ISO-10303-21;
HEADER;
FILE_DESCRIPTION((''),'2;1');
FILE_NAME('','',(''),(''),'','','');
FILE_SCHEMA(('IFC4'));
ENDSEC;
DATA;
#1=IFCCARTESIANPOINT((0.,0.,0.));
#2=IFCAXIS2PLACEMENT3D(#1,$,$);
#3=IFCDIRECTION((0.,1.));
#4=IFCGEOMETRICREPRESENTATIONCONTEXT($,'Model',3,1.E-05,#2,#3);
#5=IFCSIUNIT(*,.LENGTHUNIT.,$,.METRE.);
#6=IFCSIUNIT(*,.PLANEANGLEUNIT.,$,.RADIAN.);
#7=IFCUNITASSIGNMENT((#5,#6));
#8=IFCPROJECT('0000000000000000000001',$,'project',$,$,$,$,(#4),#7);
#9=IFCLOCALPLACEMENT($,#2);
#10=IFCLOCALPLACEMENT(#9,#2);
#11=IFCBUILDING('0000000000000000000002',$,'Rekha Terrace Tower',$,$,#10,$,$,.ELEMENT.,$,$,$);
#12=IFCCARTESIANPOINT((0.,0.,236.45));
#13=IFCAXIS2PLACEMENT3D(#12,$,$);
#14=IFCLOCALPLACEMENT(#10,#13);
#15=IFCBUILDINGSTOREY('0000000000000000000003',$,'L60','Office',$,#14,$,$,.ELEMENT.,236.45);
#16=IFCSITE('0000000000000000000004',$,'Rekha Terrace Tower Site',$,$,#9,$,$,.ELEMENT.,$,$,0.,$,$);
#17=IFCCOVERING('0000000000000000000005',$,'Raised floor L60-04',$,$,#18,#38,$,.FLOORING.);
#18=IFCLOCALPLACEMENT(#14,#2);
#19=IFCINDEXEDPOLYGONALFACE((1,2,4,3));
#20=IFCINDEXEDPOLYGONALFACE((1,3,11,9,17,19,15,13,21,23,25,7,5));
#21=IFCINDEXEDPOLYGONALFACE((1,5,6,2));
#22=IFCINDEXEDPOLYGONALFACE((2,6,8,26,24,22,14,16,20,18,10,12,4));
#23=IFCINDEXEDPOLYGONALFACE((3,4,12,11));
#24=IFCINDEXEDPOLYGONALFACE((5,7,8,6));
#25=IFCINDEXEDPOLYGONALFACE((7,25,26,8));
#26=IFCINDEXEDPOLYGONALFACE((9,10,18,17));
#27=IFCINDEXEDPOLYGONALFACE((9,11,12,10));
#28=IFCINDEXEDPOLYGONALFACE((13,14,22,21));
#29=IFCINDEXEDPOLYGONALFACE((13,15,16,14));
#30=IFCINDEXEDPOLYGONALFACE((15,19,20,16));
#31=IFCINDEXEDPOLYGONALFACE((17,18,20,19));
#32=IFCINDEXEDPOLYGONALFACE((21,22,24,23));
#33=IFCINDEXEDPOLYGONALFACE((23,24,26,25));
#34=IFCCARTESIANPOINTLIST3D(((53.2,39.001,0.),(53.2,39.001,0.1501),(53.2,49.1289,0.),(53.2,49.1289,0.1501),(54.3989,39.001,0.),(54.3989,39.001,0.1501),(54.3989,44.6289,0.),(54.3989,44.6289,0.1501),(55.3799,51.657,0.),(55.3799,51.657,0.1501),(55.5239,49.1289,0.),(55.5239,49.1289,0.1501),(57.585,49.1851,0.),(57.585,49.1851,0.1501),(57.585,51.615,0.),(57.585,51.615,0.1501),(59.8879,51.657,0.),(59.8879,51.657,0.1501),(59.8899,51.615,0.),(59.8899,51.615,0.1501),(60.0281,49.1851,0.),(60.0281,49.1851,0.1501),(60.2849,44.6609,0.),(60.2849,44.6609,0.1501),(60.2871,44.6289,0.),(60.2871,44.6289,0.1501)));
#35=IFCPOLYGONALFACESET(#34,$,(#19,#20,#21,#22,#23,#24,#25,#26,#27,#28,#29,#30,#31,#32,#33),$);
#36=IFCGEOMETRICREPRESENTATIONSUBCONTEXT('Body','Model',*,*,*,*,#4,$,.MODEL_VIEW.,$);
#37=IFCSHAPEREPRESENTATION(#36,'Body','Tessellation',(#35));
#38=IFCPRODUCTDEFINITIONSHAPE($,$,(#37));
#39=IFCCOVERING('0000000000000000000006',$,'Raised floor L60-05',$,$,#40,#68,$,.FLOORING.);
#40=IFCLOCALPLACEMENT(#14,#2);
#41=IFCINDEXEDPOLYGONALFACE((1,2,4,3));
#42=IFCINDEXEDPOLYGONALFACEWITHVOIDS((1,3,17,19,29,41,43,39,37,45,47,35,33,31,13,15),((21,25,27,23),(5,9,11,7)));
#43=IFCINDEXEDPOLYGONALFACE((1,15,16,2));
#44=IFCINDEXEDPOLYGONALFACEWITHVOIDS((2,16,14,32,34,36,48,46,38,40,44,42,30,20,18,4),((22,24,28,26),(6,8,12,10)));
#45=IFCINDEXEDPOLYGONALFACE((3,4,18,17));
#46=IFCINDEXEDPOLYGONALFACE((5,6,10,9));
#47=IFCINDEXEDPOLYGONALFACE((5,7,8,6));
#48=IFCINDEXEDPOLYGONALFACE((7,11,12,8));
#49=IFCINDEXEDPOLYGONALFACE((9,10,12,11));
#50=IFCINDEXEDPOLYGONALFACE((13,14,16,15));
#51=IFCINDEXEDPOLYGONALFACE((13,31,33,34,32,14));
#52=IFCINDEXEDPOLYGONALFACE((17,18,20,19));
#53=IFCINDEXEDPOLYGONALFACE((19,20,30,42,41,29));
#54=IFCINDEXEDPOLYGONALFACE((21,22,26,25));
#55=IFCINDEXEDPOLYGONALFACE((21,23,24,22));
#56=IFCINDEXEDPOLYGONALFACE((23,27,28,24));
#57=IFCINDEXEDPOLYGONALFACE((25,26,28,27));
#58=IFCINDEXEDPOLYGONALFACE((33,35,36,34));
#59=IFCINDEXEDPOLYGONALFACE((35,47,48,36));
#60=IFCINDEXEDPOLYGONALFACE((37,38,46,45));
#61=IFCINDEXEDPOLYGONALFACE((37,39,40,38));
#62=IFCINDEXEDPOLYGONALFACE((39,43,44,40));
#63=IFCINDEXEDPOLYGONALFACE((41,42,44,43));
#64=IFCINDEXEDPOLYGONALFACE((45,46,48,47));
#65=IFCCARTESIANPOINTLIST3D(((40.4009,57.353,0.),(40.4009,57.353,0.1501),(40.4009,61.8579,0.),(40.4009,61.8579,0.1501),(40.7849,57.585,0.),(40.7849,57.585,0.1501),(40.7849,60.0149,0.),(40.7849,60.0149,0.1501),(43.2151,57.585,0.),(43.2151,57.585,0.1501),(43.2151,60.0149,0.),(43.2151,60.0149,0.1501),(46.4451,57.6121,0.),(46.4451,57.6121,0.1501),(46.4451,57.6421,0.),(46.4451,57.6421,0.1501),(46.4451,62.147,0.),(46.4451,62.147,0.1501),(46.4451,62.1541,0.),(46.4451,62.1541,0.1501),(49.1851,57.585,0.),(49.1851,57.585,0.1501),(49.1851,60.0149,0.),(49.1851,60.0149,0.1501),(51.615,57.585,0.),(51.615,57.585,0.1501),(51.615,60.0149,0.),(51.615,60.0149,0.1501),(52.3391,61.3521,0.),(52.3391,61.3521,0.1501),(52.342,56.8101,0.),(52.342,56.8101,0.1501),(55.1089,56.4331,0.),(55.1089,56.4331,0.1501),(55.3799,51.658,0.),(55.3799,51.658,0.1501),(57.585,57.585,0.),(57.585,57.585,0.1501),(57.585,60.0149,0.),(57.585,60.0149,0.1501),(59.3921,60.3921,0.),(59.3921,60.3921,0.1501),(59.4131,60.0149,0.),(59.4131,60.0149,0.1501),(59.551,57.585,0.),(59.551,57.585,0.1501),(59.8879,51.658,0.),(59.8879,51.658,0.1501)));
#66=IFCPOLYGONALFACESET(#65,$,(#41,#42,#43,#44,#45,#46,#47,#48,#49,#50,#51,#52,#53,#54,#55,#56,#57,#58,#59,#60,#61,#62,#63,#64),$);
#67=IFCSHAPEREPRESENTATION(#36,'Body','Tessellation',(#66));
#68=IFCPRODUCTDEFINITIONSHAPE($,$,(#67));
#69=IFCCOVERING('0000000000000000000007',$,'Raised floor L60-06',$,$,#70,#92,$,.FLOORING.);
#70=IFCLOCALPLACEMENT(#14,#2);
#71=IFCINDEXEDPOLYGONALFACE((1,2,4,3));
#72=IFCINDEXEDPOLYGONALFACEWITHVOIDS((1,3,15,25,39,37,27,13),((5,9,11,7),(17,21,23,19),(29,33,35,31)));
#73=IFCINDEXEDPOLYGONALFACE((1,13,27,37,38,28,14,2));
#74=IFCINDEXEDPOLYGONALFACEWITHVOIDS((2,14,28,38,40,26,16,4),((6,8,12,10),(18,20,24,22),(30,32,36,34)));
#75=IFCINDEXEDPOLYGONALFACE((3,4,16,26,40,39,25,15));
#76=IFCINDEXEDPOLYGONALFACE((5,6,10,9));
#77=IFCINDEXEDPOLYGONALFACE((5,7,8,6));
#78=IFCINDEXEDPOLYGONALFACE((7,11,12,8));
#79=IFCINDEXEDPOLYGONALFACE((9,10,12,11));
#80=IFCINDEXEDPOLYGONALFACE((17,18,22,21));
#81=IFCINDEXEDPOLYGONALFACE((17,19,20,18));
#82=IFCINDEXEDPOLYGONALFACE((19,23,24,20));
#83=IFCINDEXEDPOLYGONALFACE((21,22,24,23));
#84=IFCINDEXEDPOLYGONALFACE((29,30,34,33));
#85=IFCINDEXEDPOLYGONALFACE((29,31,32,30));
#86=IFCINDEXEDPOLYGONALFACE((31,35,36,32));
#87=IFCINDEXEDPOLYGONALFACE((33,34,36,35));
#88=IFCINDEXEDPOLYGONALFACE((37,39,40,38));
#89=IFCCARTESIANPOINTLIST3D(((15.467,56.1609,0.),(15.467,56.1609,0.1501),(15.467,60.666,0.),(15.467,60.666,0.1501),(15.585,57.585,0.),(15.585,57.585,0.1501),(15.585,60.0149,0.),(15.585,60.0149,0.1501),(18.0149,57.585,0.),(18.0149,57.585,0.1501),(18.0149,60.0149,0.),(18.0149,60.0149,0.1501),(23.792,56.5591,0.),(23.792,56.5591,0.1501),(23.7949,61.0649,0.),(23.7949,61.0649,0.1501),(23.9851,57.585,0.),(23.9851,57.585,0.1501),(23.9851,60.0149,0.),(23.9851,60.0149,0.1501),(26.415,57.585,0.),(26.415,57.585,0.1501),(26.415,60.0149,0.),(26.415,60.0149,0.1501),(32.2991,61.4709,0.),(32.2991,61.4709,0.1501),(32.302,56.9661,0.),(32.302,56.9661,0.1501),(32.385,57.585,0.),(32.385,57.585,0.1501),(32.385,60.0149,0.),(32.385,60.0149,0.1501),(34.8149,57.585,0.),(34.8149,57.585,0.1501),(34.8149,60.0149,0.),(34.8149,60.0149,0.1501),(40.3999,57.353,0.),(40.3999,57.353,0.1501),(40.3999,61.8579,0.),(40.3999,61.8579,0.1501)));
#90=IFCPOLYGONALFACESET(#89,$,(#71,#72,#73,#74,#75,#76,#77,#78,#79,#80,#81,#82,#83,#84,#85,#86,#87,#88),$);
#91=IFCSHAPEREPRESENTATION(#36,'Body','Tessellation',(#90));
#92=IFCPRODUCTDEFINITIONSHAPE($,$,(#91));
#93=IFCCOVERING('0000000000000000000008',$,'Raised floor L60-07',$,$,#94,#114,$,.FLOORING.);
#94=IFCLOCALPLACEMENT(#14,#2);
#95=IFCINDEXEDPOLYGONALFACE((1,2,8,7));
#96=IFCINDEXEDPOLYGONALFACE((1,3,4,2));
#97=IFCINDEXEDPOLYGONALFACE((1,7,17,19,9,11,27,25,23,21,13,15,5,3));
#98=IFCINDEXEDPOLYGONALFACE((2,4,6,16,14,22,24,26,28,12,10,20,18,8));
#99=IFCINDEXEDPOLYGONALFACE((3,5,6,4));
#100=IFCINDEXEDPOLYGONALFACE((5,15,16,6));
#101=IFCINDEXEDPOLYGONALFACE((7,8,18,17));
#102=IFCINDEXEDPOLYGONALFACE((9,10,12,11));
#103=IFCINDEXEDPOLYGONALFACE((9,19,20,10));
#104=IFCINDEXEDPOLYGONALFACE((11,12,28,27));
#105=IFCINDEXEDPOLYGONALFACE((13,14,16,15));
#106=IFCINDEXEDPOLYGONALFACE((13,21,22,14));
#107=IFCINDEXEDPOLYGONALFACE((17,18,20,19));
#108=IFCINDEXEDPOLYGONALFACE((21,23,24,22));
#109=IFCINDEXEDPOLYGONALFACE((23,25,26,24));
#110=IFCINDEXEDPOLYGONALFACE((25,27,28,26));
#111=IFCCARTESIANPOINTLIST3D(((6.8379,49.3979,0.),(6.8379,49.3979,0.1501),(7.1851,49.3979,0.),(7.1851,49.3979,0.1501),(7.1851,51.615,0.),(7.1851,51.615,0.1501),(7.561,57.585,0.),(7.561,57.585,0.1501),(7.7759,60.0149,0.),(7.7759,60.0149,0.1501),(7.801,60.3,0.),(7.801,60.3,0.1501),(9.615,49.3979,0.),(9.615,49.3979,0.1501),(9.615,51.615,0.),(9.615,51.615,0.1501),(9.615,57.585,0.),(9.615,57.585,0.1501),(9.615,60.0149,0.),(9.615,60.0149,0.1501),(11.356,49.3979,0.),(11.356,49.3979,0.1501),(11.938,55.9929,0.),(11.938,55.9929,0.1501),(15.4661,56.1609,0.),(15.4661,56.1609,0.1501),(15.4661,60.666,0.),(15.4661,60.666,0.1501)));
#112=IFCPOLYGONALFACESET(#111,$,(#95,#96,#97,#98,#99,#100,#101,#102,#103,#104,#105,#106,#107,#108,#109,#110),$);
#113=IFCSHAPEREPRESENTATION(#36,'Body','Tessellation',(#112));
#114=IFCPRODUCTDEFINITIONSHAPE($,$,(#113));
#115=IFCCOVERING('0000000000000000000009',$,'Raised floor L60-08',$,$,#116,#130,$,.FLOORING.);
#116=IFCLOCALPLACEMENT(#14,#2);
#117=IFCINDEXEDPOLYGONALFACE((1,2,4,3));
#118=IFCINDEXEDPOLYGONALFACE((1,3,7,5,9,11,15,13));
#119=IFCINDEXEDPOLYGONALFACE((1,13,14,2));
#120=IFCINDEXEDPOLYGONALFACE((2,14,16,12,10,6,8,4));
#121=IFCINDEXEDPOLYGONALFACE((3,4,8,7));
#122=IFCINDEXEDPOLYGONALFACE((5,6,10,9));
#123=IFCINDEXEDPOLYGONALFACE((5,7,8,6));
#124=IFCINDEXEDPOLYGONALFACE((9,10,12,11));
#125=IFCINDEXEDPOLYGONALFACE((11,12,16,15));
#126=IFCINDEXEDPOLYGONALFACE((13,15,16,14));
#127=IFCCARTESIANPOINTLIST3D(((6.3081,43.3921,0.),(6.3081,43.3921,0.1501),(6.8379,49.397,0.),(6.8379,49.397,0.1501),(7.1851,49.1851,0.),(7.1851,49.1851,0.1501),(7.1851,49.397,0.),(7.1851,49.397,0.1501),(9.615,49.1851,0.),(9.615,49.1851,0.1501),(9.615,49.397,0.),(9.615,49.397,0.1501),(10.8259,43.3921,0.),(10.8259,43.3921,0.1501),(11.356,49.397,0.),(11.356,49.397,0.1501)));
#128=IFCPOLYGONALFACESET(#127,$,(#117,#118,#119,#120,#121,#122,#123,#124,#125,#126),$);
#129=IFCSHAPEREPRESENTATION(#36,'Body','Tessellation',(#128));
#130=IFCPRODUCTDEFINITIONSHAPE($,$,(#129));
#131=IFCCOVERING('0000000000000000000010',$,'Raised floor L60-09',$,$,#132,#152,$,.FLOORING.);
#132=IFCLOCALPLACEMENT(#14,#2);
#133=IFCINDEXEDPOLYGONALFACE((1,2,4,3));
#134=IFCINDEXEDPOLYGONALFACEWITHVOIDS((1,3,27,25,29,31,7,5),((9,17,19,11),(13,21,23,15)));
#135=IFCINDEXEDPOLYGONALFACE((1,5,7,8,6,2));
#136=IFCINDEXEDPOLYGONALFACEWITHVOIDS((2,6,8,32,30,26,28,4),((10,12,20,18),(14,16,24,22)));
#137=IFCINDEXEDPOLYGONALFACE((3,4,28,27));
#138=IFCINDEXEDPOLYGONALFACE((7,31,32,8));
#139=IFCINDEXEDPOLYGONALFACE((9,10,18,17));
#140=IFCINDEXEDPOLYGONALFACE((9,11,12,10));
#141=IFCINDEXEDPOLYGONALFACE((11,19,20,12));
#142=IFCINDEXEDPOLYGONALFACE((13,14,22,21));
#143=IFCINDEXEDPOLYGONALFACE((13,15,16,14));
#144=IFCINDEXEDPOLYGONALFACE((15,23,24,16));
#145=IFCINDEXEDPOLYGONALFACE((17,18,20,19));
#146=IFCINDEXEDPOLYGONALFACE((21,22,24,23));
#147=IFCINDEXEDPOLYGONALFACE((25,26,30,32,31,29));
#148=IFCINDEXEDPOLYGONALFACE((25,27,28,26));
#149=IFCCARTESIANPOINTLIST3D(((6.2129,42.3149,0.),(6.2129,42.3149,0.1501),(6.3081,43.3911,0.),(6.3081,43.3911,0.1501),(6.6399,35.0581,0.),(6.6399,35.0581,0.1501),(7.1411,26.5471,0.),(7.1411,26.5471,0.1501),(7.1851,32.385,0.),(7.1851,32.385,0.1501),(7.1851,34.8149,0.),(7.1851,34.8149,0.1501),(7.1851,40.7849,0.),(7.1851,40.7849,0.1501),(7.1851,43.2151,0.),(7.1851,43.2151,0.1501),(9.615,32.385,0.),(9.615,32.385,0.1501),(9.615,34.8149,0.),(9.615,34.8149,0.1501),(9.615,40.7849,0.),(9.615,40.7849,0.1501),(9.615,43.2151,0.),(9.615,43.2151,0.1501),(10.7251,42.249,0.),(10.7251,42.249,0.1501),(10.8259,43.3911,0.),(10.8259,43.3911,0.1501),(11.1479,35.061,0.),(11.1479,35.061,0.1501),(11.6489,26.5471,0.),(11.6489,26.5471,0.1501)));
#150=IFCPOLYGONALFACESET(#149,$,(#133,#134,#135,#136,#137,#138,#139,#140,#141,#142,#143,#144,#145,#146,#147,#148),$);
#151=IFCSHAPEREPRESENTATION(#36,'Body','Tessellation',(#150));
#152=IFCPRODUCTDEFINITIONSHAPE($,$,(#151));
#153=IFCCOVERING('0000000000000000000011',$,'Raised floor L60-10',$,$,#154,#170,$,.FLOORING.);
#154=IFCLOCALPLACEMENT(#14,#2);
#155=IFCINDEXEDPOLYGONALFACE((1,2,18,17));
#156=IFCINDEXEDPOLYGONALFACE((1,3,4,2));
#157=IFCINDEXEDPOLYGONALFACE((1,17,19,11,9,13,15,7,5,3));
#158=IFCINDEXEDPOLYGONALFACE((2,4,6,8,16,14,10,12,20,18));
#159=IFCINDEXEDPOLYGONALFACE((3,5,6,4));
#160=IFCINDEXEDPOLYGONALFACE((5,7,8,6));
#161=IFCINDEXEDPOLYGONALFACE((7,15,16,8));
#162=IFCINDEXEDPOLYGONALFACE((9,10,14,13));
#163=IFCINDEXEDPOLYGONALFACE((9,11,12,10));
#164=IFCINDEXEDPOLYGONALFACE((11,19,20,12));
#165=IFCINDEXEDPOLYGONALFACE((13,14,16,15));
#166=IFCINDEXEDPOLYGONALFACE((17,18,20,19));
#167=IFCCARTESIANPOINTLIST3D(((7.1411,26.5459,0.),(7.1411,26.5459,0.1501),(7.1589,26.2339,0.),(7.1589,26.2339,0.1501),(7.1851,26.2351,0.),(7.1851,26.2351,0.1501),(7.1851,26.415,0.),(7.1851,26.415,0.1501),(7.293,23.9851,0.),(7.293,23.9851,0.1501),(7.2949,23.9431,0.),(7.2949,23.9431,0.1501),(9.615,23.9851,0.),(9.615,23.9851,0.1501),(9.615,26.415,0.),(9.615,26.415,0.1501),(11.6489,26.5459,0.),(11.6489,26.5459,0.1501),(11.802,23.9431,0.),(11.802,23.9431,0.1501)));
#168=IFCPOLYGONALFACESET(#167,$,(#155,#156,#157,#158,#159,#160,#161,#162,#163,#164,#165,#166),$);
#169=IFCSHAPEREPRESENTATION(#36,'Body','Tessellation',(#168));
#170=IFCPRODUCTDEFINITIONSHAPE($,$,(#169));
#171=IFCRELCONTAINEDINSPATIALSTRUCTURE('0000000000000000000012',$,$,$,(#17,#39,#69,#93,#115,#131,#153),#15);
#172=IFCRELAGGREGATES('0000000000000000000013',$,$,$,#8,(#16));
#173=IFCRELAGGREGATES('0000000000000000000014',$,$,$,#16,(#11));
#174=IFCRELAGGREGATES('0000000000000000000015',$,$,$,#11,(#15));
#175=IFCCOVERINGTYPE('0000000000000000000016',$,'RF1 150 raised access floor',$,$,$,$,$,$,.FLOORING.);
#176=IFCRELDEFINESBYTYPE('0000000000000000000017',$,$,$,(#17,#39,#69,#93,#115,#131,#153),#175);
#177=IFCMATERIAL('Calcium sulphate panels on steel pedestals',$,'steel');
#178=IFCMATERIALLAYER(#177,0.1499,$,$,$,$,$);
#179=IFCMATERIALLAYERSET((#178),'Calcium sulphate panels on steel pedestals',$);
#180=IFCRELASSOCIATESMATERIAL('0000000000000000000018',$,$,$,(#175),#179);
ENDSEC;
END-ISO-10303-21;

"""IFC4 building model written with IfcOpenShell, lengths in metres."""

from ifc_helpers import new_model, si_unit, direction, frame, origin, place, context, subcontext, project, spatial, polyline, outline, extrude, material, layer, layer_set, type_object, element, save


model = new_model("IFC4")

# Units and contexts
model_context = context("Model", 3, precision=1e-05, world=origin(), true_north=direction((0.0, 1.0)))
body_context = subcontext(model_context, "Body", "Model", "MODEL_VIEW")
ifc_project = project(units=[si_unit("LENGTHUNIT", "METRE"), si_unit("PLANEANGLEUNIT", "RADIAN")], contexts=[model_context])

# Site, building, storey
site_placement = place(None, origin())
site = spatial("IfcSite", under=ifc_project, at=site_placement, Name="Rekha Terrace Tower Site", CompositionType="ELEMENT", RefElevation=0.0)
building_placement = place(site_placement, origin())
building = spatial("IfcBuilding", under=site, at=building_placement, Name="Rekha Terrace Tower", CompositionType="ELEMENT")
storey_placement = place(building_placement, frame((0.0, 0.0, 236.45)))
storey = spatial("IfcBuildingStorey", under=building, at=storey_placement, Name="L60", Description="Office", CompositionType="ELEMENT", Elevation=236.45)

# Coverings
ifc_material_1 = material(Name="Calcium sulphate panels on steel pedestals", Category="steel")
ifc_layer_1 = layer(ifc_material_1, 0.1499)
ifc_layer_set_1 = layer_set([ifc_layer_1], Name="Calcium sulphate panels on steel pedestals")
covering_type_1 = type_object("IfcCoveringType", Name="RF1 150 raised access floor", PredefinedType="FLOORING", material=ifc_layer_set_1)
covering_1_placement = place(storey_placement, origin())
element("IfcCovering", 1, at=covering_1_placement, inside=storey, type_object=covering_type_1, Name="Raised floor L60-04", PredefinedType="FLOORING", context=body_context, shape_type="SweptSolid", body=[
    extrude(outline(polyline([(59.8879, 51.657), (55.3799, 51.657), (55.5239, 49.1289), (53.2, 49.1289), (53.2, 39.001), (54.3989, 39.001), (54.3989, 44.6289), (60.2871, 44.6289), (60.2849, 44.6609), (60.0281, 49.1851), (57.585, 49.1851), (57.585, 51.615), (59.8899, 51.615), (59.8879, 51.657)])), origin(), (0.0, 0.0, 1.0), 0.1501),
])
covering_2_placement = place(storey_placement, origin())
element("IfcCovering", 2, at=covering_2_placement, inside=storey, type_object=covering_type_1, Name="Raised floor L60-05", PredefinedType="FLOORING", context=body_context, shape_type="SweptSolid", body=[
    extrude(outline(polyline([(40.4009, 61.8579), (40.4009, 57.353), (46.4451, 57.6421), (46.4451, 57.6121), (52.342, 56.8101), (55.1089, 56.4331), (55.3799, 51.658), (59.8879, 51.658), (59.551, 57.585), (57.585, 57.585), (57.585, 60.0149), (59.4131, 60.0149), (59.3921, 60.3921), (52.3391, 61.3521), (46.4451, 62.1541), (46.4451, 62.147), (40.4009, 61.8579)]), holes=[polyline([(51.615, 57.585), (49.1851, 57.585), (49.1851, 60.0149), (51.615, 60.0149), (51.615, 57.585)]), polyline([(43.2151, 60.0149), (43.2151, 57.585), (40.7849, 57.585), (40.7849, 60.0149), (43.2151, 60.0149)])]), origin(), (0.0, 0.0, 1.0), 0.1501),
])
covering_3_placement = place(storey_placement, origin())
element("IfcCovering", 3, at=covering_3_placement, inside=storey, type_object=covering_type_1, Name="Raised floor L60-06", PredefinedType="FLOORING", context=body_context, shape_type="SweptSolid", body=[
    extrude(outline(polyline([(32.2991, 61.4709), (23.7949, 61.0649), (15.467, 60.666), (15.467, 56.1609), (23.792, 56.5591), (32.302, 56.9661), (40.3999, 57.353), (40.3999, 61.8579), (32.2991, 61.4709)]), holes=[polyline([(34.8149, 57.585), (32.385, 57.585), (32.385, 60.0149), (34.8149, 60.0149), (34.8149, 57.585)]), polyline([(26.415, 57.585), (23.9851, 57.585), (23.9851, 60.0149), (26.415, 60.0149), (26.415, 57.585)]), polyline([(18.0149, 60.0149), (18.0149, 57.585), (15.585, 57.585), (15.585, 60.0149), (18.0149, 60.0149)])]), origin(), (0.0, 0.0, 1.0), 0.1501),
])
covering_4_placement = place(storey_placement, origin())
element("IfcCovering", 4, at=covering_4_placement, inside=storey, type_object=covering_type_1, Name="Raised floor L60-07", PredefinedType="FLOORING", context=body_context, shape_type="SweptSolid", body=[
    extrude(outline(polyline([(9.615, 51.615), (9.615, 49.3979), (11.356, 49.3979), (11.938, 55.9929), (15.4661, 56.1609), (15.4661, 60.666), (7.801, 60.3), (7.7759, 60.0149), (9.615, 60.0149), (9.615, 57.585), (7.561, 57.585), (6.8379, 49.3979), (7.1851, 49.3979), (7.1851, 51.615), (9.615, 51.615)])), origin(), (0.0, 0.0, 1.0), 0.1501),
])
covering_5_placement = place(storey_placement, origin())
element("IfcCovering", 5, at=covering_5_placement, inside=storey, type_object=covering_type_1, Name="Raised floor L60-08", PredefinedType="FLOORING", context=body_context, shape_type="SweptSolid", body=[
    extrude(outline(polyline([(7.1851, 49.397), (6.8379, 49.397), (6.3081, 43.3921), (10.8259, 43.3921), (11.356, 49.397), (9.615, 49.397), (9.615, 49.1851), (7.1851, 49.1851), (7.1851, 49.397)])), origin(), (0.0, 0.0, 1.0), 0.1501),
])
covering_6_placement = place(storey_placement, origin())
element("IfcCovering", 6, at=covering_6_placement, inside=storey, type_object=covering_type_1, Name="Raised floor L60-09", PredefinedType="FLOORING", context=body_context, shape_type="SweptSolid", body=[
    extrude(outline(polyline([(10.8259, 43.3911), (6.3081, 43.3911), (6.2129, 42.3149), (6.6399, 35.0581), (7.1411, 26.5471), (11.6489, 26.5471), (11.1479, 35.061), (10.7251, 42.249), (10.8259, 43.3911)]), holes=[polyline([(9.615, 34.8149), (9.615, 32.385), (7.1851, 32.385), (7.1851, 34.8149), (9.615, 34.8149)]), polyline([(9.615, 40.7849), (7.1851, 40.7849), (7.1851, 43.2151), (9.615, 43.2151), (9.615, 40.7849)])]), origin(), (0.0, 0.0, 1.0), 0.1501),
])
covering_7_placement = place(storey_placement, origin())
element("IfcCovering", 7, at=covering_7_placement, inside=storey, type_object=covering_type_1, Name="Raised floor L60-10", PredefinedType="FLOORING", context=body_context, shape_type="SweptSolid", body=[
    extrude(outline(polyline([(9.615, 23.9851), (7.293, 23.9851), (7.2949, 23.9431), (11.802, 23.9431), (11.6489, 26.5459), (7.1411, 26.5459), (7.1589, 26.2339), (7.1851, 26.2351), (7.1851, 26.415), (9.615, 26.415), (9.615, 23.9851)])), origin(), (0.0, 0.0, 1.0), 0.1501),
])

save(model, "model.ifc")
